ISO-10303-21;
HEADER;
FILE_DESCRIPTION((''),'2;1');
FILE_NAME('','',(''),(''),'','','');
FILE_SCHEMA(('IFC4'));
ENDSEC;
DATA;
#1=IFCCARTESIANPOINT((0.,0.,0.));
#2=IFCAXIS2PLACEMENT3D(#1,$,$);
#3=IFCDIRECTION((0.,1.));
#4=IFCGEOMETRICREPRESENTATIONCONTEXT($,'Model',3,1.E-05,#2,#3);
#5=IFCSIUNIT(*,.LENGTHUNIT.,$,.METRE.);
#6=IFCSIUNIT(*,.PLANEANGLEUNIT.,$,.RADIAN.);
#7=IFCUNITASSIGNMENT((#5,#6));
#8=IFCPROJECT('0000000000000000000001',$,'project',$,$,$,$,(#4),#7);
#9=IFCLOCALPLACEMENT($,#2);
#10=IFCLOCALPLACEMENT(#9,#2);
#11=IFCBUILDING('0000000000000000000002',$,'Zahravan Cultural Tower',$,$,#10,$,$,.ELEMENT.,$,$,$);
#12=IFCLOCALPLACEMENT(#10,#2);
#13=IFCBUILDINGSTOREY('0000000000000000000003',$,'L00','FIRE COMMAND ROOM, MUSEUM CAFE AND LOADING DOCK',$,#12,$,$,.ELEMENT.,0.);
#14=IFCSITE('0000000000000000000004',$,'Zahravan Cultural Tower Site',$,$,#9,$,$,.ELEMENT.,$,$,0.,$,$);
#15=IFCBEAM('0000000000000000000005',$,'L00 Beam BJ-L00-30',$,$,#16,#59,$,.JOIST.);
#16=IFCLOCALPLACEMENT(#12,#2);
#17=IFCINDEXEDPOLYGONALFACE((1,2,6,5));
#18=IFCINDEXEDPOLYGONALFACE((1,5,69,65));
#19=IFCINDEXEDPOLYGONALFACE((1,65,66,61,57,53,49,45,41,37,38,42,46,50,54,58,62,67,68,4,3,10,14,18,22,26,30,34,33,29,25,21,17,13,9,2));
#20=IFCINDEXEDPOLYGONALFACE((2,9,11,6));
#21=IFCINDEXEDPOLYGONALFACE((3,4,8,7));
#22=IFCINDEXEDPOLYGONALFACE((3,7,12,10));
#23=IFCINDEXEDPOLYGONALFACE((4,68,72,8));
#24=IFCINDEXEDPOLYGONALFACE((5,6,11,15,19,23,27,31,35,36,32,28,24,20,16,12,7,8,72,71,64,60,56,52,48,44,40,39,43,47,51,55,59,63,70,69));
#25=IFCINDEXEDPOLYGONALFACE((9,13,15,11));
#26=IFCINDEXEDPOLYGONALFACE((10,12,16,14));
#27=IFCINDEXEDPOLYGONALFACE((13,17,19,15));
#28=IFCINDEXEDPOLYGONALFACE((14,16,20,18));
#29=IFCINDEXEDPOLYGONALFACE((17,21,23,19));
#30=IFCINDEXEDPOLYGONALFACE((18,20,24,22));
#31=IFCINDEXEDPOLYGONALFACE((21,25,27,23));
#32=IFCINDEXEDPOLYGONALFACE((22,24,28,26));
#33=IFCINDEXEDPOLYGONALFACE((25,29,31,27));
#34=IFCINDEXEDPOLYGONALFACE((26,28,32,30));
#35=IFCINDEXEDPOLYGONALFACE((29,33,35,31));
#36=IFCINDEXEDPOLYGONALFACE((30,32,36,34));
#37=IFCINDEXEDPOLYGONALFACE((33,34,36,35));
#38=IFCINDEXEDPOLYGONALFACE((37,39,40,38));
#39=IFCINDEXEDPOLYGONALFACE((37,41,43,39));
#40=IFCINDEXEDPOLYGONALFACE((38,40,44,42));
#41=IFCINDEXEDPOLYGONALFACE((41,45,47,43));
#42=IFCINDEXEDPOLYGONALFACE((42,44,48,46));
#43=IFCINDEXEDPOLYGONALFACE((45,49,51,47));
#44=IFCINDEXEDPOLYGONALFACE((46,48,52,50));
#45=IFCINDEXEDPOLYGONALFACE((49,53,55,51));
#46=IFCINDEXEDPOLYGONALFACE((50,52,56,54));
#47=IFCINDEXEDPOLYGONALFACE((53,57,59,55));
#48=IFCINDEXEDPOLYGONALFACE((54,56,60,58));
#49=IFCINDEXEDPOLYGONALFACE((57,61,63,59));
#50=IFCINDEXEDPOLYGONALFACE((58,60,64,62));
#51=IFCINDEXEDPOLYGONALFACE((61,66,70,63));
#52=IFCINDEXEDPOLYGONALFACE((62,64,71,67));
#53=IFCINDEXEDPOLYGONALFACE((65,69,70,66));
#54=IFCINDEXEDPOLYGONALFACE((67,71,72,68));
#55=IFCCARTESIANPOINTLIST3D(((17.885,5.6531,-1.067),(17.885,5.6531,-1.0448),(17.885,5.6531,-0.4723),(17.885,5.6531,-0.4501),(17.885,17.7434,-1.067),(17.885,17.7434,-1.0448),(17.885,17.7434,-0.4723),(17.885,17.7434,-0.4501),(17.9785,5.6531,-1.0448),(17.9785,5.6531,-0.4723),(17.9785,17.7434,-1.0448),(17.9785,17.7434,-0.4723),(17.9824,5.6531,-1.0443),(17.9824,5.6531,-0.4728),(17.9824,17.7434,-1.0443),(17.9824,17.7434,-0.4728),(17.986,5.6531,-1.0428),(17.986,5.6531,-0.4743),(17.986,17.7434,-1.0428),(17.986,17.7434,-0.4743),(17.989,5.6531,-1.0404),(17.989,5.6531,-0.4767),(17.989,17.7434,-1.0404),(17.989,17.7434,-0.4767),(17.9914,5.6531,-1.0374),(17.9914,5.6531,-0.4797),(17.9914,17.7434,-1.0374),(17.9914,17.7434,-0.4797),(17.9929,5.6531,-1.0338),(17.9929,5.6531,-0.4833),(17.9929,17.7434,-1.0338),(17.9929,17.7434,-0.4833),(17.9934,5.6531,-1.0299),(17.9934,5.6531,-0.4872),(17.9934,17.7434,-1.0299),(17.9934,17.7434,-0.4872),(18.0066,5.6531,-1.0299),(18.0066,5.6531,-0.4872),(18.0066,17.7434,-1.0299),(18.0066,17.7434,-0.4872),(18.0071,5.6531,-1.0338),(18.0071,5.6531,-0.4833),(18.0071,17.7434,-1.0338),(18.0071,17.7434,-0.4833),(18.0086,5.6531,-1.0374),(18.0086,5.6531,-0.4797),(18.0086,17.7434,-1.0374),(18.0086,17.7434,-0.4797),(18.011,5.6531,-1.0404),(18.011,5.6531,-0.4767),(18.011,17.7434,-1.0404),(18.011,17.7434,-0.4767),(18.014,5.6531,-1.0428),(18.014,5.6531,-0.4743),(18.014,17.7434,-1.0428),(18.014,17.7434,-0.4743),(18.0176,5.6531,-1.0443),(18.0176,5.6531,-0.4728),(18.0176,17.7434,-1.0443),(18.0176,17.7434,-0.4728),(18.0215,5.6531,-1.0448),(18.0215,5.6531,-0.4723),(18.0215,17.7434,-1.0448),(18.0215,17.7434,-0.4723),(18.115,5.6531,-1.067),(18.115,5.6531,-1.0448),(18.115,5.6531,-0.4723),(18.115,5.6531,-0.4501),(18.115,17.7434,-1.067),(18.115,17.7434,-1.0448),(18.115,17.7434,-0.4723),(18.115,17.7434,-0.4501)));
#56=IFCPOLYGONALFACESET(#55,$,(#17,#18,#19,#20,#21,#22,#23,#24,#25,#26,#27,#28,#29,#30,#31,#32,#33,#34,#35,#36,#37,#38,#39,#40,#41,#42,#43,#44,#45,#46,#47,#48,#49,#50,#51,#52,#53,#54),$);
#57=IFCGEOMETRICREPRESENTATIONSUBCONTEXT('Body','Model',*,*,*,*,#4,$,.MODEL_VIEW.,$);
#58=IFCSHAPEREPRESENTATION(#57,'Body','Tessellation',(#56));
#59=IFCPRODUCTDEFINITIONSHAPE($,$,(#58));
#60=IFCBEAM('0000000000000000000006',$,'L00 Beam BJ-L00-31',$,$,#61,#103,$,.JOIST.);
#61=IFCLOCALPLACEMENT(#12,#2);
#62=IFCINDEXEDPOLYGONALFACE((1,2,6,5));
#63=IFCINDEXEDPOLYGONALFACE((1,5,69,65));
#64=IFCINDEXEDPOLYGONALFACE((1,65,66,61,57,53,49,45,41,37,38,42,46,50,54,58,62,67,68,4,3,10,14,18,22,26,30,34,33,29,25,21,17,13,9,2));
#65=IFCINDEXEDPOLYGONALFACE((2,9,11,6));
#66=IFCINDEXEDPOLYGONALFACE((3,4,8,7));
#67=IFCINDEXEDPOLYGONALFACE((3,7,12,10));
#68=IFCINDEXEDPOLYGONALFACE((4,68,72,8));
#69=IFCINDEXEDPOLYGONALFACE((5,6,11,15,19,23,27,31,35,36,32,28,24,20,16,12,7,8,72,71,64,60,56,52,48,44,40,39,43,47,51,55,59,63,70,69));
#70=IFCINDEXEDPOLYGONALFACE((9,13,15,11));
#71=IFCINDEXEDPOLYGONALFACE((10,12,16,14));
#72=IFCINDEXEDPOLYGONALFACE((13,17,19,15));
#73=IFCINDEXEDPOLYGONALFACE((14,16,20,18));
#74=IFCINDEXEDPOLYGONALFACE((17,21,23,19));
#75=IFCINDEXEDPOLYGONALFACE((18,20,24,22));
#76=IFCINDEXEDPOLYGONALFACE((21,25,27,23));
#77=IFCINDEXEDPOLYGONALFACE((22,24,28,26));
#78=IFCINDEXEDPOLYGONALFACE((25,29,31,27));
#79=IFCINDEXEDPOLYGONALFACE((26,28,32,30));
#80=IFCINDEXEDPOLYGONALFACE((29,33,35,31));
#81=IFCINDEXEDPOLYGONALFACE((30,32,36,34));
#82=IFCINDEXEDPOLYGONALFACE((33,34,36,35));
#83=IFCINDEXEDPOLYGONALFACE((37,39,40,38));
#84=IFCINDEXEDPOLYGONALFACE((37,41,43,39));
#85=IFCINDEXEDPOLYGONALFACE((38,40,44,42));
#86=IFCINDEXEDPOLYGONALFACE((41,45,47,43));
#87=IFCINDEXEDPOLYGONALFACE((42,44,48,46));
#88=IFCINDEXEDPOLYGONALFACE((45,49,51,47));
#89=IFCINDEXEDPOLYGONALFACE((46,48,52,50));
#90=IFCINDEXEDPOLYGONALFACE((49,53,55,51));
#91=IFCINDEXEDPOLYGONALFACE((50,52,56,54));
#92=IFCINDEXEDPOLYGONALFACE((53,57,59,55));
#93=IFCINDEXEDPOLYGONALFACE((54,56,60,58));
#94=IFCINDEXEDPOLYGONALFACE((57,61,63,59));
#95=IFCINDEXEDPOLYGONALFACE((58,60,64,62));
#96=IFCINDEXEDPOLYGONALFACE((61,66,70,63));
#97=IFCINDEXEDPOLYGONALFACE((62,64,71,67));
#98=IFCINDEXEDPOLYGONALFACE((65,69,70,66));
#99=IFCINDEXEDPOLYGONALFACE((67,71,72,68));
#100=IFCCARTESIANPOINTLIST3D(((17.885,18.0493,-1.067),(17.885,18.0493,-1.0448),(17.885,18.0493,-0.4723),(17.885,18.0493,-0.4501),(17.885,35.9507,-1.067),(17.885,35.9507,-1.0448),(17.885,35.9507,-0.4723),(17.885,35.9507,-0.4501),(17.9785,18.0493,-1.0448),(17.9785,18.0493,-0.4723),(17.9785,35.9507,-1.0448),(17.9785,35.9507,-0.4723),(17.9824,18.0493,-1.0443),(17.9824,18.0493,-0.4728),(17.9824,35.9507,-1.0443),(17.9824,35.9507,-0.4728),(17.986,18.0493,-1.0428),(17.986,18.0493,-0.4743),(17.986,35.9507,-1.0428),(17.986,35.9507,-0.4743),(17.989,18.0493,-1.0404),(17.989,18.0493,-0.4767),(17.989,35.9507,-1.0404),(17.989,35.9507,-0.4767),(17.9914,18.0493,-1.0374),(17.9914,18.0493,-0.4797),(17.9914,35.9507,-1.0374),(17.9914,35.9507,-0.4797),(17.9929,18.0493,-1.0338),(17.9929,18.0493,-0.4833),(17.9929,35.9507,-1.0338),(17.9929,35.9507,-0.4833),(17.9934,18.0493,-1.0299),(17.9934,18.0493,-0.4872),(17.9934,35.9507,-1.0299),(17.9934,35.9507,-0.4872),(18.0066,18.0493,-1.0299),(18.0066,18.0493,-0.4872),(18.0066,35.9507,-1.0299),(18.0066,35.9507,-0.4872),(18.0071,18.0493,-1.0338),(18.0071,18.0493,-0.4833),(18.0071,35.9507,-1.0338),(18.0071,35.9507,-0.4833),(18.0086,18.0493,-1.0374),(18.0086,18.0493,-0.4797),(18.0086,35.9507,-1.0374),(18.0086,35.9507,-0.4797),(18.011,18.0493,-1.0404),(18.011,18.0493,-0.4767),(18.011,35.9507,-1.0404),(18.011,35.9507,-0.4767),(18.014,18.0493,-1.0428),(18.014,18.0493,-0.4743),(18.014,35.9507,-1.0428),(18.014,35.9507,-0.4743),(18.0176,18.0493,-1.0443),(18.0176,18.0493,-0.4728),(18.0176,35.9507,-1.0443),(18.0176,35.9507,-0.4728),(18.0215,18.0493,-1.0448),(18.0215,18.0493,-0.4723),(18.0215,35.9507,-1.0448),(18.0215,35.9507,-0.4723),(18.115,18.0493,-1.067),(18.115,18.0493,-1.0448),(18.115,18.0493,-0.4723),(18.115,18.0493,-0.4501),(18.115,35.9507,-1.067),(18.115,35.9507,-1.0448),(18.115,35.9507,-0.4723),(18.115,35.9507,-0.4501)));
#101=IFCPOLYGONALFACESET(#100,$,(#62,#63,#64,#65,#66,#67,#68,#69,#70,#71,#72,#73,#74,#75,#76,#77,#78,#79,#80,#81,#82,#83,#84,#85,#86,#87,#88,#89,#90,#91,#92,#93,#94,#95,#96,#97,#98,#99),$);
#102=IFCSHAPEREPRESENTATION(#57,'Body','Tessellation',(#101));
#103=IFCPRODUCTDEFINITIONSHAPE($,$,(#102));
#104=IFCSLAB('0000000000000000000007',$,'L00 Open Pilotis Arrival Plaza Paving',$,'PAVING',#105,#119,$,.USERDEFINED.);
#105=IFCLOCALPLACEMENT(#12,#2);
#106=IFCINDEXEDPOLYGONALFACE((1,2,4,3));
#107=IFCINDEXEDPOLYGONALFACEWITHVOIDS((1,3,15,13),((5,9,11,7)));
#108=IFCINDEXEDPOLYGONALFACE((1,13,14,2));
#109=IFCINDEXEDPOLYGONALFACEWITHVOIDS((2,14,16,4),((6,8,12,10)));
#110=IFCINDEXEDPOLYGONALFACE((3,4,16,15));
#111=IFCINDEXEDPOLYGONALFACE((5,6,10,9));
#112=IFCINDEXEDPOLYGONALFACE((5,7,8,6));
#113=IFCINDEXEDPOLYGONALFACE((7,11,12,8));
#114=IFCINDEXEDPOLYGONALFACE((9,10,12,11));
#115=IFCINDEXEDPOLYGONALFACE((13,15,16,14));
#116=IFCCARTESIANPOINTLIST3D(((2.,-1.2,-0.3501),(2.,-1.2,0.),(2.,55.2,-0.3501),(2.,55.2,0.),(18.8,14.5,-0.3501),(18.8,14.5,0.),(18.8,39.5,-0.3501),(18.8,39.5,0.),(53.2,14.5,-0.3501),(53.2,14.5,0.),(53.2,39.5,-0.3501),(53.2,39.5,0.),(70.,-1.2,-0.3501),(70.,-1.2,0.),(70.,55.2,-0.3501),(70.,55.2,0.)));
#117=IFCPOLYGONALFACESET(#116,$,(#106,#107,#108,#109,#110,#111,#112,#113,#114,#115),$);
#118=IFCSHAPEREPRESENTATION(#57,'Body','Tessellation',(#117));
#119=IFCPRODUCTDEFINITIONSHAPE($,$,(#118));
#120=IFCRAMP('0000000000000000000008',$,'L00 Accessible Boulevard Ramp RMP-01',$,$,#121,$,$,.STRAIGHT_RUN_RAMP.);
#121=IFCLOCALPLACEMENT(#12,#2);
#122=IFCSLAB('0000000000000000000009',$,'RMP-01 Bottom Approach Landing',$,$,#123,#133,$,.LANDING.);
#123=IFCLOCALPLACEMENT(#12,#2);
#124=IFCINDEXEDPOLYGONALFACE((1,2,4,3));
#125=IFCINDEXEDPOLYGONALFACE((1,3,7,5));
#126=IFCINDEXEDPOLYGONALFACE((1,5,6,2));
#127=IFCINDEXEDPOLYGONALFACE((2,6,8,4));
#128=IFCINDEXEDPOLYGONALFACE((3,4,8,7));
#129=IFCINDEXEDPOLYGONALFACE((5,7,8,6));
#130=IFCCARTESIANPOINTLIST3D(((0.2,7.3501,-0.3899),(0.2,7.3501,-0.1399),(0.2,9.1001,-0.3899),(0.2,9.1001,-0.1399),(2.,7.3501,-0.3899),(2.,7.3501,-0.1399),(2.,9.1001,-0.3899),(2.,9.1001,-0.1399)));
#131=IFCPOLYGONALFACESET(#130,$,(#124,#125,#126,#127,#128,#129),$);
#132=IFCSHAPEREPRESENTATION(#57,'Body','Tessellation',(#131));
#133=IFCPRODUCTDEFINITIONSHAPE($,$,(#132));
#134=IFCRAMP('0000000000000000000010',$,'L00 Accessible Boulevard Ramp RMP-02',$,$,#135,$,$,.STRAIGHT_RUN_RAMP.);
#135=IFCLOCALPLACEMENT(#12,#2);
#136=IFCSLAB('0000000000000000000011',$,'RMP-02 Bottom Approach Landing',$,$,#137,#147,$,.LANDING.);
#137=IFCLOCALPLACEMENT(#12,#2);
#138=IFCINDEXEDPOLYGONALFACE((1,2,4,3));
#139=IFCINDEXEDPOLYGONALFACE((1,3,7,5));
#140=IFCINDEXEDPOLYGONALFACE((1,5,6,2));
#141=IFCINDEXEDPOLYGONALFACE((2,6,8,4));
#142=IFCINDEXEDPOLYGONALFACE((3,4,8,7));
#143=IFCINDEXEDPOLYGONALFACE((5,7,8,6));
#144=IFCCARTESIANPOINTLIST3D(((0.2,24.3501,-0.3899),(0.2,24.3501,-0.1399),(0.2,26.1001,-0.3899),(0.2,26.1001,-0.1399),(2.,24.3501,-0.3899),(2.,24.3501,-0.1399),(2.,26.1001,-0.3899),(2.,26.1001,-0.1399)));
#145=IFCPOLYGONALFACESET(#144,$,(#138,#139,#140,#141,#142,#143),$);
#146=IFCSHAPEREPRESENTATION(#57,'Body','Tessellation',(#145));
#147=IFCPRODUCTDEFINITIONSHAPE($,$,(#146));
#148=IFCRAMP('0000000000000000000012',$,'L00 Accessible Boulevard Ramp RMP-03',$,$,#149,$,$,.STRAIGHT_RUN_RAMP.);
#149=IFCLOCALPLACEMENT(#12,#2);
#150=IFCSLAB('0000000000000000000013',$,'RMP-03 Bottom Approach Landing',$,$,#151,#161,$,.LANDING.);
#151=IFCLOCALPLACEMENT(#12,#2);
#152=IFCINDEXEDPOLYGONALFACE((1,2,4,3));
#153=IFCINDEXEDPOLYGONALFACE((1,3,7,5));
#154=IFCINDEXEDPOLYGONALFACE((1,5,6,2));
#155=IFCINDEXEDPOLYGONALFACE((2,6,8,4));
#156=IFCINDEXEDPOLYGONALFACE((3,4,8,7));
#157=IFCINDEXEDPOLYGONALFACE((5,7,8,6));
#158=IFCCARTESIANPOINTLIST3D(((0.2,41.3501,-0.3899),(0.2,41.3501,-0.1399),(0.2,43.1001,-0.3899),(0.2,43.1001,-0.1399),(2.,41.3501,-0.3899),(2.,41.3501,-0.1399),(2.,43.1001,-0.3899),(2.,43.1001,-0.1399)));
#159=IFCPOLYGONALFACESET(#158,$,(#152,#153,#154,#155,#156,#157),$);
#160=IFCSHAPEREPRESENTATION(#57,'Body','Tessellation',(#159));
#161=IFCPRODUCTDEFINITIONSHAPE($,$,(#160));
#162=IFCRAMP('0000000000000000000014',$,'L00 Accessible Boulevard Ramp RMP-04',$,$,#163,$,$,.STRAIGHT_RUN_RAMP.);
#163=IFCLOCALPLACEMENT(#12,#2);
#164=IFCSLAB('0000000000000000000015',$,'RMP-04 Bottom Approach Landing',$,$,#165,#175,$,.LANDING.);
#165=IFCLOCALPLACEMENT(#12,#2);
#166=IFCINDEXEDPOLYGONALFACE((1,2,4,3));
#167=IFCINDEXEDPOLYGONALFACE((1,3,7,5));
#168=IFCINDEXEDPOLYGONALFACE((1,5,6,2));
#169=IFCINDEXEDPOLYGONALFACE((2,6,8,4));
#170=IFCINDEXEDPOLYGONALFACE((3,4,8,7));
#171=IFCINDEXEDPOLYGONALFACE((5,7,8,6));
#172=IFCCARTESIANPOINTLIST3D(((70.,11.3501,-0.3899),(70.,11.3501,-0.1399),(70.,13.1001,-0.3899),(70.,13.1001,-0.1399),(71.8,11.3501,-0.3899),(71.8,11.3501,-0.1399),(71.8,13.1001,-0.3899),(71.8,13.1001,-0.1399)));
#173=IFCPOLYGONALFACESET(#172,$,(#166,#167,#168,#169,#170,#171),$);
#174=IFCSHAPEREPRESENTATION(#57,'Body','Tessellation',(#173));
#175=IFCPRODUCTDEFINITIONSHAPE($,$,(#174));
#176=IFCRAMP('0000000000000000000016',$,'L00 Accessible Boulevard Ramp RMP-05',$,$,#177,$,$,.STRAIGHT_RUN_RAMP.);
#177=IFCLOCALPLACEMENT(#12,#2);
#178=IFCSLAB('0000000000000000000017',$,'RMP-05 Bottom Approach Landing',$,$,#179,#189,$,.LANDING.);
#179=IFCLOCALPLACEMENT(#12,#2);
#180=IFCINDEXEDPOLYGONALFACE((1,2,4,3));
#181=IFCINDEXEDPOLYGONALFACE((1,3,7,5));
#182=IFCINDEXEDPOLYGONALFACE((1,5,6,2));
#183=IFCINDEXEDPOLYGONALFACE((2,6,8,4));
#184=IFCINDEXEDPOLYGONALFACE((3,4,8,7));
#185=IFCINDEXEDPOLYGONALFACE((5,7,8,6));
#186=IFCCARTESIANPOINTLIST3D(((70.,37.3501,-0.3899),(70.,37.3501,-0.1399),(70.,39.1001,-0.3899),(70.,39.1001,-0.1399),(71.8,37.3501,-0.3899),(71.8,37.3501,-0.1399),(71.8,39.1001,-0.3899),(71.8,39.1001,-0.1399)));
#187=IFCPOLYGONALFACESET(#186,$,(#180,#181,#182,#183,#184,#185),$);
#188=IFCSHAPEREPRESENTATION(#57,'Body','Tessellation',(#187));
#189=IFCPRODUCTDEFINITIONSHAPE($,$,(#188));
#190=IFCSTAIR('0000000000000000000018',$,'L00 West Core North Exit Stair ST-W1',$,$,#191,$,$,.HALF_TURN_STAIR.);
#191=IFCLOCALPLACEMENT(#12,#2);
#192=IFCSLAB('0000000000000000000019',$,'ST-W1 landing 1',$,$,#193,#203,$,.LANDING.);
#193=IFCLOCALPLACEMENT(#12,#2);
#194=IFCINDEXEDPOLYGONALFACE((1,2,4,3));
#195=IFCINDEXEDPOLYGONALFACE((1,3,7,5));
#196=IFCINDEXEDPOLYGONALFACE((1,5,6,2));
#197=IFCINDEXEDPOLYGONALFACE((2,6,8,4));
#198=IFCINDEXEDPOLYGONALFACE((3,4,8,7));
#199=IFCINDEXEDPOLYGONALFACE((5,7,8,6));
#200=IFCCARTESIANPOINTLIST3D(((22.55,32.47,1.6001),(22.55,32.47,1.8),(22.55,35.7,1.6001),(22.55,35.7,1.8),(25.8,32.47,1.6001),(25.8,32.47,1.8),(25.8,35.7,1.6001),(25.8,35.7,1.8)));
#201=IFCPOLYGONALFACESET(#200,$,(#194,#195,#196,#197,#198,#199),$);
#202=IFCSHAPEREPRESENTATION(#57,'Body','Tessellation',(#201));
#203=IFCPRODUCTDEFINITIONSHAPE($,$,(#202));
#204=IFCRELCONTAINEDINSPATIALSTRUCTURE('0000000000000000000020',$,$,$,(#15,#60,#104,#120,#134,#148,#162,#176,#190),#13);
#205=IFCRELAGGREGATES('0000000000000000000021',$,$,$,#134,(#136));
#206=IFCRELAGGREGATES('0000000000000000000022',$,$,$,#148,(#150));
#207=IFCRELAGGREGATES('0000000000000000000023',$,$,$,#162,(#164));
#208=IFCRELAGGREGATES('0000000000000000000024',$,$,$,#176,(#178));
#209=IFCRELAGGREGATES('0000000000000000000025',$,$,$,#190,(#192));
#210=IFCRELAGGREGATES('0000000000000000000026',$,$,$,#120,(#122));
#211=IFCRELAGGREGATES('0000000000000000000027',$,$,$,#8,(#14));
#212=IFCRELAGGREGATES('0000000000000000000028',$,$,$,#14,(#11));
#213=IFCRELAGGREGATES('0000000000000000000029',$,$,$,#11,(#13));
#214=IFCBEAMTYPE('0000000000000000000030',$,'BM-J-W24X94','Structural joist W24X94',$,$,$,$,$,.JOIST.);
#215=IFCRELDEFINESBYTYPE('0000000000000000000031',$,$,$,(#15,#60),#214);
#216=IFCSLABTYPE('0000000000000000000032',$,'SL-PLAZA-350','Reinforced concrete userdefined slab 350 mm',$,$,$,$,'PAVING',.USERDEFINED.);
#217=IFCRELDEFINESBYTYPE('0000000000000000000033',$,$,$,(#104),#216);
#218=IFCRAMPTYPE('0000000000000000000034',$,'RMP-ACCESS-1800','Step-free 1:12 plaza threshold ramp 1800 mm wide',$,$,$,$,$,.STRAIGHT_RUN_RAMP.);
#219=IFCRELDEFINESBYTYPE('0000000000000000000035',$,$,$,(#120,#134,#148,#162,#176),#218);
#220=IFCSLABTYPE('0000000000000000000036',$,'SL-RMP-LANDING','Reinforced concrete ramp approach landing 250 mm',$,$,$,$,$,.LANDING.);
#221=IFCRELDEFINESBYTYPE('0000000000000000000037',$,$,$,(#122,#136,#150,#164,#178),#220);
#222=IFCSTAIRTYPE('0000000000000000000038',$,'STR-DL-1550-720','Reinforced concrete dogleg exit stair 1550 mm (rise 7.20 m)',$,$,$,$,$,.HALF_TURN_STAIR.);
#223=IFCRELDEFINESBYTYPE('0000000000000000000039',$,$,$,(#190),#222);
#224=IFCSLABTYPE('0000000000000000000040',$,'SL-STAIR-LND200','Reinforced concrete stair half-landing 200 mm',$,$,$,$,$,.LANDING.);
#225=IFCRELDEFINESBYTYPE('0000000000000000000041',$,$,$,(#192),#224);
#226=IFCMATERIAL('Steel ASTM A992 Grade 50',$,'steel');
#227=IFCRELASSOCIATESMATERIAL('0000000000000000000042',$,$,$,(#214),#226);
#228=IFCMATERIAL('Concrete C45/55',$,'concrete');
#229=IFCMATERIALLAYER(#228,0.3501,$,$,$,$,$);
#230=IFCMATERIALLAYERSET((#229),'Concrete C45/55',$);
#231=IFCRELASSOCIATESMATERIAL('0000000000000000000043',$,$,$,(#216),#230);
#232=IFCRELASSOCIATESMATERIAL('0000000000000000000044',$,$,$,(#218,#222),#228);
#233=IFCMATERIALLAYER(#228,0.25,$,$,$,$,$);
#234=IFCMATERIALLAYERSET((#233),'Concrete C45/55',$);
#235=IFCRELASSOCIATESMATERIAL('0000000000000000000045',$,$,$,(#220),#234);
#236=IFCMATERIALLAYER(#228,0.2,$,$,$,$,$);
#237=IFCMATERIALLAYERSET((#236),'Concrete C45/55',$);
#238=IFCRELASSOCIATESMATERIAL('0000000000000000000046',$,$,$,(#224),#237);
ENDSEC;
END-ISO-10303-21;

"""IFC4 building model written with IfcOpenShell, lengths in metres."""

from ifc_helpers import new_model, si_unit, direction, frame, origin, origin_2d, place, context, subcontext, project, spatial, polyline, i_section, outline, extrude, source, transform, mapped, material, layer, layer_set, material_profile, profile_set, type_object, element, aggregate, save


model = new_model("IFC4")

# Units and contexts
model_context = context("Model", 3, precision=1e-05, world=origin(), true_north=direction((0.0, 1.0)))
body_context = subcontext(model_context, "Body", "Model", "MODEL_VIEW")
ifc_project = project(units=[si_unit("LENGTHUNIT", "METRE"), si_unit("PLANEANGLEUNIT", "RADIAN")], contexts=[model_context])

# Site, building, storey
site_placement = place(None, origin())
site = spatial("IfcSite", under=ifc_project, at=site_placement, Name="Zahravan Cultural Tower Site", CompositionType="ELEMENT", RefElevation=0.0)
building_placement = place(site_placement, origin())
building = spatial("IfcBuilding", under=site, at=building_placement, Name="Zahravan Cultural Tower", CompositionType="ELEMENT")
storey_placement = place(building_placement, origin())
storey = spatial("IfcBuildingStorey", under=building, at=storey_placement, Name="L00", Description="FIRE COMMAND ROOM, MUSEUM CAFE AND LOADING DOCK", CompositionType="ELEMENT", Elevation=0.0)

# Beams
ifc_material_1 = material(Name="Steel ASTM A992 Grade 50", Category="steel")
ifc_material_profile_1 = material_profile(ifc_material_1, i_section(OverallWidth=0.23, OverallDepth=0.6169, WebThickness=0.0132, FlangeThickness=0.0222, FilletRadius=0.0149, at=origin_2d()), Name="W24X94")
ifc_profile_set_1 = profile_set([ifc_material_profile_1], Name="Steel ASTM A992 Grade 50")
beam_type_1 = type_object("IfcBeamType", Name="BM-J-W24X94", Description="Structural joist W24X94", PredefinedType="JOIST", material=ifc_profile_set_1)
shared_shape_1 = source(origin(), body_context, "Body", "SweptSolid", [
    extrude(i_section(OverallWidth=0.23, OverallDepth=0.6169, WebThickness=0.0132, FlangeThickness=0.0222, FilletRadius=0.0149, at=origin_2d()), origin(), (0.0, 0.0, 1.0), 12.0903),
])
beam_1_placement = place(storey_placement, frame((18.0, 5.6531, -0.7585), z_axis=(0.0, 1.0, 0.0), x_axis=(-1.0, 0.0, 0.0)))
element("IfcBeam", 1, at=beam_1_placement, inside=storey, type_object=beam_type_1, Name="L00 Beam BJ-L00-30", PredefinedType="JOIST", context=body_context, shape_type="MappedRepresentation", body=[
    mapped(shared_shape_1, transform((0.0, 0.0, 0.0), x_axis=(1.0, 0.0, 0.0), y_axis=(0.0, 1.0, 0.0), z_axis=(0.0, 0.0, 1.0), scale=1.0)),
])
shared_shape_2 = source(origin(), body_context, "Body", "SweptSolid", [
    extrude(i_section(OverallWidth=0.23, OverallDepth=0.6169, WebThickness=0.0132, FlangeThickness=0.0222, FilletRadius=0.0149, at=origin_2d()), origin(), (0.0, 0.0, 1.0), 17.9014),
])
beam_2_placement = place(storey_placement, frame((18.0, 18.0493, -0.7585), z_axis=(0.0, 1.0, 0.0), x_axis=(-1.0, 0.0, 0.0)))
element("IfcBeam", 2, at=beam_2_placement, inside=storey, type_object=beam_type_1, Name="L00 Beam BJ-L00-31", PredefinedType="JOIST", context=body_context, shape_type="MappedRepresentation", body=[
    mapped(shared_shape_2, transform((0.0, 0.0, 0.0), x_axis=(1.0, 0.0, 0.0), y_axis=(0.0, 1.0, 0.0), z_axis=(0.0, 0.0, 1.0), scale=1.0)),
])

# Slab
ifc_material_2 = material(Name="Concrete C45/55", Category="concrete")
ifc_layer_1 = layer(ifc_material_2, 0.3501)
ifc_layer_set_1 = layer_set([ifc_layer_1], Name="Concrete C45/55")
slab_type_1 = type_object("IfcSlabType", Name="SL-PLAZA-350", Description="Reinforced concrete userdefined slab 350 mm", ElementType="PAVING", PredefinedType="USERDEFINED", material=ifc_layer_set_1)
slab_1_placement = place(storey_placement, frame((0.0, 0.0, -0.3501)))
element("IfcSlab", 3, at=slab_1_placement, inside=storey, type_object=slab_type_1, Name="L00 Open Pilotis Arrival Plaza Paving", ObjectType="PAVING", PredefinedType="USERDEFINED", context=body_context, shape_type="SweptSolid", body=[
    extrude(outline(polyline([(70.0, -1.2), (70.0, 55.2), (2.0, 55.2), (2.0, -1.2), (70.0, -1.2)]), holes=[polyline([(18.8, 14.5), (18.8, 39.5), (53.2, 39.5), (53.2, 14.5), (18.8, 14.5)])]), origin(), (0.0, 0.0, 1.0), 0.3501),
])

# Ramps, slabs
ramp_type = type_object("IfcRampType", Name="RMP-ACCESS-1800", Description="Step-free 1:12 plaza threshold ramp 1800 mm wide", PredefinedType="STRAIGHT_RUN_RAMP", material=ifc_material_2)
ramp_1_placement = place(storey_placement, origin())
ramp_1 = element("IfcRamp", 4, at=ramp_1_placement, inside=storey, type_object=ramp_type, Name="L00 Accessible Boulevard Ramp RMP-01", PredefinedType="STRAIGHT_RUN_RAMP")
ifc_layer_2 = layer(ifc_material_2, 0.25)
ifc_layer_set_2 = layer_set([ifc_layer_2], Name="Concrete C45/55")
slab_type_2 = type_object("IfcSlabType", Name="SL-RMP-LANDING", Description="Reinforced concrete ramp approach landing 250 mm", PredefinedType="LANDING", material=ifc_layer_set_2)
slab_2_placement = place(storey_placement, frame((0.0, 0.0, -0.3899)))
slab_2 = element("IfcSlab", 5, at=slab_2_placement, type_object=slab_type_2, Name="RMP-01 Bottom Approach Landing", PredefinedType="LANDING", context=body_context, shape_type="SweptSolid", body=[
    extrude(outline(polyline([(2.0, 7.3501), (2.0, 9.1001), (0.2, 9.1001), (0.2, 7.3501), (2.0, 7.3501)])), origin(), (0.0, 0.0, 1.0), 0.25),
])
ramp_2_placement = place(storey_placement, origin())
ramp_2 = element("IfcRamp", 6, at=ramp_2_placement, inside=storey, type_object=ramp_type, Name="L00 Accessible Boulevard Ramp RMP-02", PredefinedType="STRAIGHT_RUN_RAMP")
slab_3_placement = place(storey_placement, frame((0.0, 0.0, -0.3899)))
slab_3 = element("IfcSlab", 7, at=slab_3_placement, type_object=slab_type_2, Name="RMP-02 Bottom Approach Landing", PredefinedType="LANDING", context=body_context, shape_type="SweptSolid", body=[
    extrude(outline(polyline([(2.0, 24.3501), (2.0, 26.1001), (0.2, 26.1001), (0.2, 24.3501), (2.0, 24.3501)])), origin(), (0.0, 0.0, 1.0), 0.25),
])
aggregate(ramp_2, [slab_3])
ramp_3_placement = place(storey_placement, origin())
ramp_3 = element("IfcRamp", 8, at=ramp_3_placement, inside=storey, type_object=ramp_type, Name="L00 Accessible Boulevard Ramp RMP-03", PredefinedType="STRAIGHT_RUN_RAMP")
slab_4_placement = place(storey_placement, frame((0.0, 0.0, -0.3899)))
slab_4 = element("IfcSlab", 9, at=slab_4_placement, type_object=slab_type_2, Name="RMP-03 Bottom Approach Landing", PredefinedType="LANDING", context=body_context, shape_type="SweptSolid", body=[
    extrude(outline(polyline([(2.0, 41.3501), (2.0, 43.1001), (0.2, 43.1001), (0.2, 41.3501), (2.0, 41.3501)])), origin(), (0.0, 0.0, 1.0), 0.25),
])
aggregate(ramp_3, [slab_4])
ramp_4_placement = place(storey_placement, origin())
ramp_4 = element("IfcRamp", 10, at=ramp_4_placement, inside=storey, type_object=ramp_type, Name="L00 Accessible Boulevard Ramp RMP-04", PredefinedType="STRAIGHT_RUN_RAMP")
slab_5_placement = place(storey_placement, frame((0.0, 0.0, -0.3899)))
slab_5 = element("IfcSlab", 11, at=slab_5_placement, type_object=slab_type_2, Name="RMP-04 Bottom Approach Landing", PredefinedType="LANDING", context=body_context, shape_type="SweptSolid", body=[
    extrude(outline(polyline([(71.8, 11.3501), (71.8, 13.1001), (70.0, 13.1001), (70.0, 11.3501), (71.8, 11.3501)])), origin(), (0.0, 0.0, 1.0), 0.25),
])
aggregate(ramp_4, [slab_5])
ramp_5_placement = place(storey_placement, origin())
ramp_5 = element("IfcRamp", 12, at=ramp_5_placement, inside=storey, type_object=ramp_type, Name="L00 Accessible Boulevard Ramp RMP-05", PredefinedType="STRAIGHT_RUN_RAMP")
slab_6_placement = place(storey_placement, frame((0.0, 0.0, -0.3899)))
slab_6 = element("IfcSlab", 13, at=slab_6_placement, type_object=slab_type_2, Name="RMP-05 Bottom Approach Landing", PredefinedType="LANDING", context=body_context, shape_type="SweptSolid", body=[
    extrude(outline(polyline([(71.8, 37.3501), (71.8, 39.1001), (70.0, 39.1001), (70.0, 37.3501), (71.8, 37.3501)])), origin(), (0.0, 0.0, 1.0), 0.25),
])
aggregate(ramp_5, [slab_6])

# Stair, slab
stair_type = type_object("IfcStairType", Name="STR-DL-1550-720", Description="Reinforced concrete dogleg exit stair 1550 mm (rise 7.20 m)", PredefinedType="HALF_TURN_STAIR", material=ifc_material_2)
stair_1_placement = place(storey_placement, origin())
stair_1 = element("IfcStair", 14, at=stair_1_placement, inside=storey, type_object=stair_type, Name="L00 West Core North Exit Stair ST-W1", PredefinedType="HALF_TURN_STAIR")
ifc_layer_3 = layer(ifc_material_2, 0.2)
ifc_layer_set_3 = layer_set([ifc_layer_3], Name="Concrete C45/55")
slab_type_3 = type_object("IfcSlabType", Name="SL-STAIR-LND200", Description="Reinforced concrete stair half-landing 200 mm", PredefinedType="LANDING", material=ifc_layer_set_3)
slab_7_placement = place(storey_placement, frame((0.0, 0.0, 1.6001)))
slab_7 = element("IfcSlab", 15, at=slab_7_placement, type_object=slab_type_3, Name="ST-W1 landing 1", PredefinedType="LANDING", context=body_context, shape_type="SweptSolid", body=[
    extrude(outline(polyline([(25.8, 32.47), (25.8, 35.7), (22.55, 35.7), (22.55, 32.47), (25.8, 32.47)])), origin(), (0.0, 0.0, 1.0), 0.2),
])
aggregate(stair_1, [slab_7])

aggregate(ramp_1, [slab_2])

save(model, "model.ifc")
